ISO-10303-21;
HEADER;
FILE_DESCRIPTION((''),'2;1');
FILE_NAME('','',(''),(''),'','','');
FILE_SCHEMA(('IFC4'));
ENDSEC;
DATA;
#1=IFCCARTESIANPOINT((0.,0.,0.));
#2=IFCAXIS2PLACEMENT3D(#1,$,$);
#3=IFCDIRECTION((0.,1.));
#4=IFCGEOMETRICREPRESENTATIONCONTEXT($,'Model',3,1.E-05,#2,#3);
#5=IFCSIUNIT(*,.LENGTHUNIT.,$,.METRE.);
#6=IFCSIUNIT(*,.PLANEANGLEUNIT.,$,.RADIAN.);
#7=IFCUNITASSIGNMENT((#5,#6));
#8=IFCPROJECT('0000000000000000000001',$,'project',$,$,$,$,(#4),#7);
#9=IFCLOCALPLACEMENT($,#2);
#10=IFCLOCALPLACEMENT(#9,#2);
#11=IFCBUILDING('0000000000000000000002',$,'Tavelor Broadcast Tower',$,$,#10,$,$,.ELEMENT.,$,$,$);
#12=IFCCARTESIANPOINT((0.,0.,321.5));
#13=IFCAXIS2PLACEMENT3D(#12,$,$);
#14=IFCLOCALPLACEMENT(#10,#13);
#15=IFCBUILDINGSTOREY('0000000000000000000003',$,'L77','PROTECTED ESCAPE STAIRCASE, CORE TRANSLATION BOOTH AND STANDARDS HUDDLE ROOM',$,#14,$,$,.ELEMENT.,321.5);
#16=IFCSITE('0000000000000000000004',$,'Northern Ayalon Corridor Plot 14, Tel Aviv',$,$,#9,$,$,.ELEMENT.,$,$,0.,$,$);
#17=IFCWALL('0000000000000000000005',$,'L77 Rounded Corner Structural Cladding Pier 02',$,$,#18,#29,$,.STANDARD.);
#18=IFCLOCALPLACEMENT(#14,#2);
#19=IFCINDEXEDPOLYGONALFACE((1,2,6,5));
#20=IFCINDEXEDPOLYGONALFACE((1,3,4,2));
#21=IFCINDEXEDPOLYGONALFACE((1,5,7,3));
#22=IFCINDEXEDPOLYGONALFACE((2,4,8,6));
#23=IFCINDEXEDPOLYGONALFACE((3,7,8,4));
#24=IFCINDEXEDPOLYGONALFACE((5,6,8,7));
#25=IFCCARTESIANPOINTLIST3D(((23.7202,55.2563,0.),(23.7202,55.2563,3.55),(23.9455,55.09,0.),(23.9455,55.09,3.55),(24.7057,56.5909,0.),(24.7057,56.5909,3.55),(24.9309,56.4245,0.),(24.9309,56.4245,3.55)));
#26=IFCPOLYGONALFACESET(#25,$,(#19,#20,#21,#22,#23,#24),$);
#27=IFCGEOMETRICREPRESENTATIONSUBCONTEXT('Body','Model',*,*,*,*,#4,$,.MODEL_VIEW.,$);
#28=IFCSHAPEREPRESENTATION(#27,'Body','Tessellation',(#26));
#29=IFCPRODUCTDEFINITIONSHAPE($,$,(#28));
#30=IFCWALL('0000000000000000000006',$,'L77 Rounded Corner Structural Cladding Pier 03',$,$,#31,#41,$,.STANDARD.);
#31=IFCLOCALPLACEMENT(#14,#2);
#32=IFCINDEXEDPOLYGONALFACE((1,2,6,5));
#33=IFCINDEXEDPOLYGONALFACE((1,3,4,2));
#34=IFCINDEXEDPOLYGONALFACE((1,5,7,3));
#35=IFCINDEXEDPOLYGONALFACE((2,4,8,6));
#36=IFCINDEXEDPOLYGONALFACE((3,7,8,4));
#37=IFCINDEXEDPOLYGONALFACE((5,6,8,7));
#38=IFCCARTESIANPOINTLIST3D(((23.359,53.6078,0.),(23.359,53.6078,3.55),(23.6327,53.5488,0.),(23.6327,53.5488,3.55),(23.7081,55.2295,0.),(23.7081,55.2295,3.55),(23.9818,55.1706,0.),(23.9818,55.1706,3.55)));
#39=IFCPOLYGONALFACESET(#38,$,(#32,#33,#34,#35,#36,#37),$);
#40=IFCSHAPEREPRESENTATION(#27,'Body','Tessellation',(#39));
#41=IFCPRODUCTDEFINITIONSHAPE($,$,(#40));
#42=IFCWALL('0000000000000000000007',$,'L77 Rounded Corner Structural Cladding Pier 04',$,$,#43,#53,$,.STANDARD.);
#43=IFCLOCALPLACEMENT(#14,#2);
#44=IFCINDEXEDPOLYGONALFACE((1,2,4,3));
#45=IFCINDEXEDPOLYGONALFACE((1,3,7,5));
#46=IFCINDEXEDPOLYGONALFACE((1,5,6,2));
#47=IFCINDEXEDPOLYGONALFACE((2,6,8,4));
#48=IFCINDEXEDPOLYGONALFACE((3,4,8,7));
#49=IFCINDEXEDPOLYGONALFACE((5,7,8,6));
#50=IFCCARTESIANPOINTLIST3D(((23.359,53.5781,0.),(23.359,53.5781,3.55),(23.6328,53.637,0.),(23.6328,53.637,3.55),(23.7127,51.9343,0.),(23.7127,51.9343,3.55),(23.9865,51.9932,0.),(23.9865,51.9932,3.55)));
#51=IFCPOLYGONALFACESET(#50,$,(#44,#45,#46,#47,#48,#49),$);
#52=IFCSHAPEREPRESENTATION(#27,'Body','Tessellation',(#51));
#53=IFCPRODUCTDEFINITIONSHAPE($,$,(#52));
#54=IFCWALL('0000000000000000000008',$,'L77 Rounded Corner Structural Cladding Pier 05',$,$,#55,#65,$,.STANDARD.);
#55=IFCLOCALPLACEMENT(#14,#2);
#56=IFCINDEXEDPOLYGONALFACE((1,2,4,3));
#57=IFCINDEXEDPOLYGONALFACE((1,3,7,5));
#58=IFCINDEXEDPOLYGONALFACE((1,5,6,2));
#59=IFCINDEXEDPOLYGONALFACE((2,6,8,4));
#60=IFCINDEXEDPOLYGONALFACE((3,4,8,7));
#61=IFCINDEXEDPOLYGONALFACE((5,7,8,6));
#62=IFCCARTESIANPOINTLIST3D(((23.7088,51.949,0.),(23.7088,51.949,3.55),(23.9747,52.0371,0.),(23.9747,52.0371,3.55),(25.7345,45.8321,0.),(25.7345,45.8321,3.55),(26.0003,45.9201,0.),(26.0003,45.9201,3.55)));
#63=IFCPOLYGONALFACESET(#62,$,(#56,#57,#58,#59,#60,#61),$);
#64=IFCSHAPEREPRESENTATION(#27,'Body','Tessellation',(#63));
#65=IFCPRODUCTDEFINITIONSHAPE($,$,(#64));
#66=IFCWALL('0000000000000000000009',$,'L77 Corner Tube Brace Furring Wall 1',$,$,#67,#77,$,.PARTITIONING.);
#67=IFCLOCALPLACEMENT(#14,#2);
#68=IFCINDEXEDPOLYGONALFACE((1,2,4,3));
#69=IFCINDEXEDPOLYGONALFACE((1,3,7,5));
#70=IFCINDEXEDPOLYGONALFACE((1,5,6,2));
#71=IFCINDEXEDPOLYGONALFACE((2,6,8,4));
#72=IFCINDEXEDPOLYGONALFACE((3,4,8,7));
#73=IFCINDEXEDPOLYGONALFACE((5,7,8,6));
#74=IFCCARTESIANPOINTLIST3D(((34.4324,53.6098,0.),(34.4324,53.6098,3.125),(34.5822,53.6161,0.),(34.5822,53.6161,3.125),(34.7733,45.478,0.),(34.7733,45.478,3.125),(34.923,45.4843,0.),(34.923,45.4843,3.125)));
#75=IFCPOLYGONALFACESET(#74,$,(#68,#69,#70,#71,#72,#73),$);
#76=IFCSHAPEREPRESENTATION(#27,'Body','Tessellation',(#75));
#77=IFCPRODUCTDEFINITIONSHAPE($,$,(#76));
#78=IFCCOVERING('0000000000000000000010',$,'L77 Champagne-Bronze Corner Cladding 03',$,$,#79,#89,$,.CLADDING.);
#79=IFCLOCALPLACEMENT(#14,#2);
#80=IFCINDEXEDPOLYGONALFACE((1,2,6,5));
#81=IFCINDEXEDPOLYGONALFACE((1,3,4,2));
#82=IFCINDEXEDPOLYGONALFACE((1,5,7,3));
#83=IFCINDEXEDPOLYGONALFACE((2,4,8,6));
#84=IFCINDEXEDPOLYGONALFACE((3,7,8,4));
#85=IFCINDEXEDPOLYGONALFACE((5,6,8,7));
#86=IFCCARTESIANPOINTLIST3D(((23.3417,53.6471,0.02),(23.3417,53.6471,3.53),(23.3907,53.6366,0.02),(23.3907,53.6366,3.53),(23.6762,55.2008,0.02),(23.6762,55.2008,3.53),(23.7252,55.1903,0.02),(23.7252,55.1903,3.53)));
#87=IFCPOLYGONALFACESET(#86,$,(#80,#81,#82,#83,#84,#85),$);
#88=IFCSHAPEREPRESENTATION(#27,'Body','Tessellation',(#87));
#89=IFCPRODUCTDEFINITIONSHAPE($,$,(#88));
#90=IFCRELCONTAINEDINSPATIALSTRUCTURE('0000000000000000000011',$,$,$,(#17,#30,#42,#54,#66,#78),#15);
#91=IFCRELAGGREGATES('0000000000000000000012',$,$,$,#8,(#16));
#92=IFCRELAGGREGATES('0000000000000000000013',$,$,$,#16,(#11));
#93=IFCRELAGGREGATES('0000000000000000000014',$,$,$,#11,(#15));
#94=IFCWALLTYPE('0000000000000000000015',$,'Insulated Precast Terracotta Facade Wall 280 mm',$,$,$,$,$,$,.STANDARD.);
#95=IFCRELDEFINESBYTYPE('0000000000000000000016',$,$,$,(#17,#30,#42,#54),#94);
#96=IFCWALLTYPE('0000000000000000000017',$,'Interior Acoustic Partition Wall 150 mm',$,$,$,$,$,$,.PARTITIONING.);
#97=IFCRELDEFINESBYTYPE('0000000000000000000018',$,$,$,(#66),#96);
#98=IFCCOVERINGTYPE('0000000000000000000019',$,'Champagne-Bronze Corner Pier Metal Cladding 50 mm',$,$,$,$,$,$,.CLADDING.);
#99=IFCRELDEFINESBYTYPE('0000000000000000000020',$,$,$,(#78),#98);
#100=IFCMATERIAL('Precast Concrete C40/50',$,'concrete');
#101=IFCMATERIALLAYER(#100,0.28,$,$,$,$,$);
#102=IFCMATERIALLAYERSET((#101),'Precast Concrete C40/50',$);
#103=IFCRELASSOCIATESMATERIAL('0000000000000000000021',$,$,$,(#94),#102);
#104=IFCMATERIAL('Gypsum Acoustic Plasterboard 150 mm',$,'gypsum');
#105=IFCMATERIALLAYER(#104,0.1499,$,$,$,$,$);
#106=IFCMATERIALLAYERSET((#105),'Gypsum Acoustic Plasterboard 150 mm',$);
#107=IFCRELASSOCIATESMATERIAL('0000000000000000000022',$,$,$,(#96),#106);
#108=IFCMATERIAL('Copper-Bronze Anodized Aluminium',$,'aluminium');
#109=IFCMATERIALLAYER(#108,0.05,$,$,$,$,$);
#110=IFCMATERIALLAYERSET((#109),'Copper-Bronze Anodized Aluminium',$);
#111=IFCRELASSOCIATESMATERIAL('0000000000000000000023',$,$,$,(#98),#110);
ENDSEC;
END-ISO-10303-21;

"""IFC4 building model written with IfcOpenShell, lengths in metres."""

from ifc_helpers import new_model, si_unit, direction, frame, frame_2d, origin, origin_2d, place, context, subcontext, project, spatial, rectangle, extrude, material, layer, layer_set, type_object, element, save


model = new_model("IFC4")

# Units and contexts
model_context = context("Model", 3, precision=1e-05, world=origin(), true_north=direction((0.0, 1.0)))
body_context = subcontext(model_context, "Body", "Model", "MODEL_VIEW")
ifc_project = project(units=[si_unit("LENGTHUNIT", "METRE"), si_unit("PLANEANGLEUNIT", "RADIAN")], contexts=[model_context])

# Site, building, storey
site_placement = place(None, origin())
site = spatial("IfcSite", under=ifc_project, at=site_placement, Name="Northern Ayalon Corridor Plot 14, Tel Aviv", CompositionType="ELEMENT", RefElevation=0.0)
building_placement = place(site_placement, origin())
building = spatial("IfcBuilding", under=site, at=building_placement, Name="Tavelor Broadcast Tower", CompositionType="ELEMENT")
storey_placement = place(building_placement, frame((0.0, 0.0, 321.5)))
storey = spatial("IfcBuildingStorey", under=building, at=storey_placement, Name="L77", Description="PROTECTED ESCAPE STAIRCASE, CORE TRANSLATION BOOTH AND STANDARDS HUDDLE ROOM", CompositionType="ELEMENT", Elevation=321.5)

# Walls
ifc_material_1 = material(Name="Precast Concrete C40/50", Category="concrete")
ifc_layer_1 = layer(ifc_material_1, 0.28)
ifc_layer_set_1 = layer_set([ifc_layer_1], Name="Precast Concrete C40/50")
wall_type_1 = type_object("IfcWallType", Name="Insulated Precast Terracotta Facade Wall 280 mm", PredefinedType="STANDARD", material=ifc_layer_set_1)
for number, where, z_axis, x_axis, name in (
    (1, (24.8184, 56.5078, 0.0), (0.0, 0.0, 1.0), (-0.594002, -0.804464, 0.0), "L77 Rounded Corner Structural Cladding Pier 02"),
    (2, (23.845, 55.2002, 0.0), (0.0, 0.0, 1.0), (-0.210444, -0.977606, 0.0), "L77 Rounded Corner Structural Cladding Pier 03"),
):
    element("IfcWall", number, at=place(storey_placement, frame(where, z_axis=z_axis, x_axis=x_axis)), inside=storey, type_object=wall_type_1, Name=name, PredefinedType="STANDARD", context=body_context, shape_type="SweptSolid", body=[
        extrude(rectangle(XDim=1.6589, YDim=0.28, at=frame_2d((0.8296, 0.0))), origin(), (0.0, 0.0, 1.0), 3.55),
    ])
wall_1_placement = place(storey_placement, frame((23.4958, 53.6077, 0.0), z_axis=(0.0, 0.0, 1.0), x_axis=(0.210392, -0.977617, 0.0)))
element("IfcWall", 3, at=wall_1_placement, inside=storey, type_object=wall_type_1, Name="L77 Rounded Corner Structural Cladding Pier 04", PredefinedType="STANDARD", context=body_context, shape_type="SweptSolid", body=[
    extrude(rectangle(XDim=1.6814, YDim=0.28, at=frame_2d((0.8408, 0.0))), origin(), (0.0, 0.0, 1.0), 3.55),
])
wall_2_placement = place(storey_placement, frame((23.8418, 51.9929, 0.0), z_axis=(0.0, 0.0, 1.0), x_axis=(0.314363, -0.949303, 0.0)))
element("IfcWall", 4, at=wall_2_placement, inside=storey, type_object=wall_type_1, Name="L77 Rounded Corner Structural Cladding Pier 05", PredefinedType="STANDARD", context=body_context, shape_type="SweptSolid", body=[
    extrude(rectangle(XDim=6.4436, YDim=0.28, at=frame_2d((3.2217, 0.0))), origin(), (0.0, 0.0, 1.0), 3.55),
])
ifc_material_2 = material(Name="Gypsum Acoustic Plasterboard 150 mm", Category="gypsum")
ifc_layer_2 = layer(ifc_material_2, 0.1499)
ifc_layer_set_2 = layer_set([ifc_layer_2], Name="Gypsum Acoustic Plasterboard 150 mm")
wall_type_2 = type_object("IfcWallType", Name="Interior Acoustic Partition Wall 150 mm", PredefinedType="PARTITIONING", material=ifc_layer_set_2)
wall_3_placement = place(storey_placement, frame((34.5073, 53.6128, 0.0), z_axis=(0.0, 0.0, 1.0), x_axis=(0.041875, -0.999123, 0.0)))
element("IfcWall", 5, at=wall_3_placement, inside=storey, type_object=wall_type_2, Name="L77 Corner Tube Brace Furring Wall 1", PredefinedType="PARTITIONING", context=body_context, shape_type="SweptSolid", body=[
    extrude(rectangle(XDim=8.1389, YDim=0.1499, at=frame_2d((4.0693, 0.0))), origin(), (0.0, 0.0, 1.0), 3.125),
])

# Covering
ifc_material_3 = material(Name="Copper-Bronze Anodized Aluminium", Category="aluminium")
ifc_layer_3 = layer(ifc_material_3, 0.05)
ifc_layer_set_3 = layer_set([ifc_layer_3], Name="Copper-Bronze Anodized Aluminium")
covering_type = type_object("IfcCoveringType", Name="Champagne-Bronze Corner Pier Metal Cladding 50 mm", PredefinedType="CLADDING", material=ifc_layer_set_3)
covering_placement = place(storey_placement, frame((23.5334, 54.4187, 0.02), z_axis=(0.0, 0.0, 1.0), x_axis=(-0.210472, -0.9776, 0.0)))
element("IfcCovering", 6, at=covering_placement, inside=storey, type_object=covering_type, Name="L77 Champagne-Bronze Corner Cladding 03", PredefinedType="CLADDING", context=body_context, shape_type="SweptSolid", body=[
    extrude(rectangle(XDim=1.5894, YDim=0.05, at=origin_2d()), origin(), (0.0, 0.0, 1.0), 3.51),
])

save(model, "model.ifc")
